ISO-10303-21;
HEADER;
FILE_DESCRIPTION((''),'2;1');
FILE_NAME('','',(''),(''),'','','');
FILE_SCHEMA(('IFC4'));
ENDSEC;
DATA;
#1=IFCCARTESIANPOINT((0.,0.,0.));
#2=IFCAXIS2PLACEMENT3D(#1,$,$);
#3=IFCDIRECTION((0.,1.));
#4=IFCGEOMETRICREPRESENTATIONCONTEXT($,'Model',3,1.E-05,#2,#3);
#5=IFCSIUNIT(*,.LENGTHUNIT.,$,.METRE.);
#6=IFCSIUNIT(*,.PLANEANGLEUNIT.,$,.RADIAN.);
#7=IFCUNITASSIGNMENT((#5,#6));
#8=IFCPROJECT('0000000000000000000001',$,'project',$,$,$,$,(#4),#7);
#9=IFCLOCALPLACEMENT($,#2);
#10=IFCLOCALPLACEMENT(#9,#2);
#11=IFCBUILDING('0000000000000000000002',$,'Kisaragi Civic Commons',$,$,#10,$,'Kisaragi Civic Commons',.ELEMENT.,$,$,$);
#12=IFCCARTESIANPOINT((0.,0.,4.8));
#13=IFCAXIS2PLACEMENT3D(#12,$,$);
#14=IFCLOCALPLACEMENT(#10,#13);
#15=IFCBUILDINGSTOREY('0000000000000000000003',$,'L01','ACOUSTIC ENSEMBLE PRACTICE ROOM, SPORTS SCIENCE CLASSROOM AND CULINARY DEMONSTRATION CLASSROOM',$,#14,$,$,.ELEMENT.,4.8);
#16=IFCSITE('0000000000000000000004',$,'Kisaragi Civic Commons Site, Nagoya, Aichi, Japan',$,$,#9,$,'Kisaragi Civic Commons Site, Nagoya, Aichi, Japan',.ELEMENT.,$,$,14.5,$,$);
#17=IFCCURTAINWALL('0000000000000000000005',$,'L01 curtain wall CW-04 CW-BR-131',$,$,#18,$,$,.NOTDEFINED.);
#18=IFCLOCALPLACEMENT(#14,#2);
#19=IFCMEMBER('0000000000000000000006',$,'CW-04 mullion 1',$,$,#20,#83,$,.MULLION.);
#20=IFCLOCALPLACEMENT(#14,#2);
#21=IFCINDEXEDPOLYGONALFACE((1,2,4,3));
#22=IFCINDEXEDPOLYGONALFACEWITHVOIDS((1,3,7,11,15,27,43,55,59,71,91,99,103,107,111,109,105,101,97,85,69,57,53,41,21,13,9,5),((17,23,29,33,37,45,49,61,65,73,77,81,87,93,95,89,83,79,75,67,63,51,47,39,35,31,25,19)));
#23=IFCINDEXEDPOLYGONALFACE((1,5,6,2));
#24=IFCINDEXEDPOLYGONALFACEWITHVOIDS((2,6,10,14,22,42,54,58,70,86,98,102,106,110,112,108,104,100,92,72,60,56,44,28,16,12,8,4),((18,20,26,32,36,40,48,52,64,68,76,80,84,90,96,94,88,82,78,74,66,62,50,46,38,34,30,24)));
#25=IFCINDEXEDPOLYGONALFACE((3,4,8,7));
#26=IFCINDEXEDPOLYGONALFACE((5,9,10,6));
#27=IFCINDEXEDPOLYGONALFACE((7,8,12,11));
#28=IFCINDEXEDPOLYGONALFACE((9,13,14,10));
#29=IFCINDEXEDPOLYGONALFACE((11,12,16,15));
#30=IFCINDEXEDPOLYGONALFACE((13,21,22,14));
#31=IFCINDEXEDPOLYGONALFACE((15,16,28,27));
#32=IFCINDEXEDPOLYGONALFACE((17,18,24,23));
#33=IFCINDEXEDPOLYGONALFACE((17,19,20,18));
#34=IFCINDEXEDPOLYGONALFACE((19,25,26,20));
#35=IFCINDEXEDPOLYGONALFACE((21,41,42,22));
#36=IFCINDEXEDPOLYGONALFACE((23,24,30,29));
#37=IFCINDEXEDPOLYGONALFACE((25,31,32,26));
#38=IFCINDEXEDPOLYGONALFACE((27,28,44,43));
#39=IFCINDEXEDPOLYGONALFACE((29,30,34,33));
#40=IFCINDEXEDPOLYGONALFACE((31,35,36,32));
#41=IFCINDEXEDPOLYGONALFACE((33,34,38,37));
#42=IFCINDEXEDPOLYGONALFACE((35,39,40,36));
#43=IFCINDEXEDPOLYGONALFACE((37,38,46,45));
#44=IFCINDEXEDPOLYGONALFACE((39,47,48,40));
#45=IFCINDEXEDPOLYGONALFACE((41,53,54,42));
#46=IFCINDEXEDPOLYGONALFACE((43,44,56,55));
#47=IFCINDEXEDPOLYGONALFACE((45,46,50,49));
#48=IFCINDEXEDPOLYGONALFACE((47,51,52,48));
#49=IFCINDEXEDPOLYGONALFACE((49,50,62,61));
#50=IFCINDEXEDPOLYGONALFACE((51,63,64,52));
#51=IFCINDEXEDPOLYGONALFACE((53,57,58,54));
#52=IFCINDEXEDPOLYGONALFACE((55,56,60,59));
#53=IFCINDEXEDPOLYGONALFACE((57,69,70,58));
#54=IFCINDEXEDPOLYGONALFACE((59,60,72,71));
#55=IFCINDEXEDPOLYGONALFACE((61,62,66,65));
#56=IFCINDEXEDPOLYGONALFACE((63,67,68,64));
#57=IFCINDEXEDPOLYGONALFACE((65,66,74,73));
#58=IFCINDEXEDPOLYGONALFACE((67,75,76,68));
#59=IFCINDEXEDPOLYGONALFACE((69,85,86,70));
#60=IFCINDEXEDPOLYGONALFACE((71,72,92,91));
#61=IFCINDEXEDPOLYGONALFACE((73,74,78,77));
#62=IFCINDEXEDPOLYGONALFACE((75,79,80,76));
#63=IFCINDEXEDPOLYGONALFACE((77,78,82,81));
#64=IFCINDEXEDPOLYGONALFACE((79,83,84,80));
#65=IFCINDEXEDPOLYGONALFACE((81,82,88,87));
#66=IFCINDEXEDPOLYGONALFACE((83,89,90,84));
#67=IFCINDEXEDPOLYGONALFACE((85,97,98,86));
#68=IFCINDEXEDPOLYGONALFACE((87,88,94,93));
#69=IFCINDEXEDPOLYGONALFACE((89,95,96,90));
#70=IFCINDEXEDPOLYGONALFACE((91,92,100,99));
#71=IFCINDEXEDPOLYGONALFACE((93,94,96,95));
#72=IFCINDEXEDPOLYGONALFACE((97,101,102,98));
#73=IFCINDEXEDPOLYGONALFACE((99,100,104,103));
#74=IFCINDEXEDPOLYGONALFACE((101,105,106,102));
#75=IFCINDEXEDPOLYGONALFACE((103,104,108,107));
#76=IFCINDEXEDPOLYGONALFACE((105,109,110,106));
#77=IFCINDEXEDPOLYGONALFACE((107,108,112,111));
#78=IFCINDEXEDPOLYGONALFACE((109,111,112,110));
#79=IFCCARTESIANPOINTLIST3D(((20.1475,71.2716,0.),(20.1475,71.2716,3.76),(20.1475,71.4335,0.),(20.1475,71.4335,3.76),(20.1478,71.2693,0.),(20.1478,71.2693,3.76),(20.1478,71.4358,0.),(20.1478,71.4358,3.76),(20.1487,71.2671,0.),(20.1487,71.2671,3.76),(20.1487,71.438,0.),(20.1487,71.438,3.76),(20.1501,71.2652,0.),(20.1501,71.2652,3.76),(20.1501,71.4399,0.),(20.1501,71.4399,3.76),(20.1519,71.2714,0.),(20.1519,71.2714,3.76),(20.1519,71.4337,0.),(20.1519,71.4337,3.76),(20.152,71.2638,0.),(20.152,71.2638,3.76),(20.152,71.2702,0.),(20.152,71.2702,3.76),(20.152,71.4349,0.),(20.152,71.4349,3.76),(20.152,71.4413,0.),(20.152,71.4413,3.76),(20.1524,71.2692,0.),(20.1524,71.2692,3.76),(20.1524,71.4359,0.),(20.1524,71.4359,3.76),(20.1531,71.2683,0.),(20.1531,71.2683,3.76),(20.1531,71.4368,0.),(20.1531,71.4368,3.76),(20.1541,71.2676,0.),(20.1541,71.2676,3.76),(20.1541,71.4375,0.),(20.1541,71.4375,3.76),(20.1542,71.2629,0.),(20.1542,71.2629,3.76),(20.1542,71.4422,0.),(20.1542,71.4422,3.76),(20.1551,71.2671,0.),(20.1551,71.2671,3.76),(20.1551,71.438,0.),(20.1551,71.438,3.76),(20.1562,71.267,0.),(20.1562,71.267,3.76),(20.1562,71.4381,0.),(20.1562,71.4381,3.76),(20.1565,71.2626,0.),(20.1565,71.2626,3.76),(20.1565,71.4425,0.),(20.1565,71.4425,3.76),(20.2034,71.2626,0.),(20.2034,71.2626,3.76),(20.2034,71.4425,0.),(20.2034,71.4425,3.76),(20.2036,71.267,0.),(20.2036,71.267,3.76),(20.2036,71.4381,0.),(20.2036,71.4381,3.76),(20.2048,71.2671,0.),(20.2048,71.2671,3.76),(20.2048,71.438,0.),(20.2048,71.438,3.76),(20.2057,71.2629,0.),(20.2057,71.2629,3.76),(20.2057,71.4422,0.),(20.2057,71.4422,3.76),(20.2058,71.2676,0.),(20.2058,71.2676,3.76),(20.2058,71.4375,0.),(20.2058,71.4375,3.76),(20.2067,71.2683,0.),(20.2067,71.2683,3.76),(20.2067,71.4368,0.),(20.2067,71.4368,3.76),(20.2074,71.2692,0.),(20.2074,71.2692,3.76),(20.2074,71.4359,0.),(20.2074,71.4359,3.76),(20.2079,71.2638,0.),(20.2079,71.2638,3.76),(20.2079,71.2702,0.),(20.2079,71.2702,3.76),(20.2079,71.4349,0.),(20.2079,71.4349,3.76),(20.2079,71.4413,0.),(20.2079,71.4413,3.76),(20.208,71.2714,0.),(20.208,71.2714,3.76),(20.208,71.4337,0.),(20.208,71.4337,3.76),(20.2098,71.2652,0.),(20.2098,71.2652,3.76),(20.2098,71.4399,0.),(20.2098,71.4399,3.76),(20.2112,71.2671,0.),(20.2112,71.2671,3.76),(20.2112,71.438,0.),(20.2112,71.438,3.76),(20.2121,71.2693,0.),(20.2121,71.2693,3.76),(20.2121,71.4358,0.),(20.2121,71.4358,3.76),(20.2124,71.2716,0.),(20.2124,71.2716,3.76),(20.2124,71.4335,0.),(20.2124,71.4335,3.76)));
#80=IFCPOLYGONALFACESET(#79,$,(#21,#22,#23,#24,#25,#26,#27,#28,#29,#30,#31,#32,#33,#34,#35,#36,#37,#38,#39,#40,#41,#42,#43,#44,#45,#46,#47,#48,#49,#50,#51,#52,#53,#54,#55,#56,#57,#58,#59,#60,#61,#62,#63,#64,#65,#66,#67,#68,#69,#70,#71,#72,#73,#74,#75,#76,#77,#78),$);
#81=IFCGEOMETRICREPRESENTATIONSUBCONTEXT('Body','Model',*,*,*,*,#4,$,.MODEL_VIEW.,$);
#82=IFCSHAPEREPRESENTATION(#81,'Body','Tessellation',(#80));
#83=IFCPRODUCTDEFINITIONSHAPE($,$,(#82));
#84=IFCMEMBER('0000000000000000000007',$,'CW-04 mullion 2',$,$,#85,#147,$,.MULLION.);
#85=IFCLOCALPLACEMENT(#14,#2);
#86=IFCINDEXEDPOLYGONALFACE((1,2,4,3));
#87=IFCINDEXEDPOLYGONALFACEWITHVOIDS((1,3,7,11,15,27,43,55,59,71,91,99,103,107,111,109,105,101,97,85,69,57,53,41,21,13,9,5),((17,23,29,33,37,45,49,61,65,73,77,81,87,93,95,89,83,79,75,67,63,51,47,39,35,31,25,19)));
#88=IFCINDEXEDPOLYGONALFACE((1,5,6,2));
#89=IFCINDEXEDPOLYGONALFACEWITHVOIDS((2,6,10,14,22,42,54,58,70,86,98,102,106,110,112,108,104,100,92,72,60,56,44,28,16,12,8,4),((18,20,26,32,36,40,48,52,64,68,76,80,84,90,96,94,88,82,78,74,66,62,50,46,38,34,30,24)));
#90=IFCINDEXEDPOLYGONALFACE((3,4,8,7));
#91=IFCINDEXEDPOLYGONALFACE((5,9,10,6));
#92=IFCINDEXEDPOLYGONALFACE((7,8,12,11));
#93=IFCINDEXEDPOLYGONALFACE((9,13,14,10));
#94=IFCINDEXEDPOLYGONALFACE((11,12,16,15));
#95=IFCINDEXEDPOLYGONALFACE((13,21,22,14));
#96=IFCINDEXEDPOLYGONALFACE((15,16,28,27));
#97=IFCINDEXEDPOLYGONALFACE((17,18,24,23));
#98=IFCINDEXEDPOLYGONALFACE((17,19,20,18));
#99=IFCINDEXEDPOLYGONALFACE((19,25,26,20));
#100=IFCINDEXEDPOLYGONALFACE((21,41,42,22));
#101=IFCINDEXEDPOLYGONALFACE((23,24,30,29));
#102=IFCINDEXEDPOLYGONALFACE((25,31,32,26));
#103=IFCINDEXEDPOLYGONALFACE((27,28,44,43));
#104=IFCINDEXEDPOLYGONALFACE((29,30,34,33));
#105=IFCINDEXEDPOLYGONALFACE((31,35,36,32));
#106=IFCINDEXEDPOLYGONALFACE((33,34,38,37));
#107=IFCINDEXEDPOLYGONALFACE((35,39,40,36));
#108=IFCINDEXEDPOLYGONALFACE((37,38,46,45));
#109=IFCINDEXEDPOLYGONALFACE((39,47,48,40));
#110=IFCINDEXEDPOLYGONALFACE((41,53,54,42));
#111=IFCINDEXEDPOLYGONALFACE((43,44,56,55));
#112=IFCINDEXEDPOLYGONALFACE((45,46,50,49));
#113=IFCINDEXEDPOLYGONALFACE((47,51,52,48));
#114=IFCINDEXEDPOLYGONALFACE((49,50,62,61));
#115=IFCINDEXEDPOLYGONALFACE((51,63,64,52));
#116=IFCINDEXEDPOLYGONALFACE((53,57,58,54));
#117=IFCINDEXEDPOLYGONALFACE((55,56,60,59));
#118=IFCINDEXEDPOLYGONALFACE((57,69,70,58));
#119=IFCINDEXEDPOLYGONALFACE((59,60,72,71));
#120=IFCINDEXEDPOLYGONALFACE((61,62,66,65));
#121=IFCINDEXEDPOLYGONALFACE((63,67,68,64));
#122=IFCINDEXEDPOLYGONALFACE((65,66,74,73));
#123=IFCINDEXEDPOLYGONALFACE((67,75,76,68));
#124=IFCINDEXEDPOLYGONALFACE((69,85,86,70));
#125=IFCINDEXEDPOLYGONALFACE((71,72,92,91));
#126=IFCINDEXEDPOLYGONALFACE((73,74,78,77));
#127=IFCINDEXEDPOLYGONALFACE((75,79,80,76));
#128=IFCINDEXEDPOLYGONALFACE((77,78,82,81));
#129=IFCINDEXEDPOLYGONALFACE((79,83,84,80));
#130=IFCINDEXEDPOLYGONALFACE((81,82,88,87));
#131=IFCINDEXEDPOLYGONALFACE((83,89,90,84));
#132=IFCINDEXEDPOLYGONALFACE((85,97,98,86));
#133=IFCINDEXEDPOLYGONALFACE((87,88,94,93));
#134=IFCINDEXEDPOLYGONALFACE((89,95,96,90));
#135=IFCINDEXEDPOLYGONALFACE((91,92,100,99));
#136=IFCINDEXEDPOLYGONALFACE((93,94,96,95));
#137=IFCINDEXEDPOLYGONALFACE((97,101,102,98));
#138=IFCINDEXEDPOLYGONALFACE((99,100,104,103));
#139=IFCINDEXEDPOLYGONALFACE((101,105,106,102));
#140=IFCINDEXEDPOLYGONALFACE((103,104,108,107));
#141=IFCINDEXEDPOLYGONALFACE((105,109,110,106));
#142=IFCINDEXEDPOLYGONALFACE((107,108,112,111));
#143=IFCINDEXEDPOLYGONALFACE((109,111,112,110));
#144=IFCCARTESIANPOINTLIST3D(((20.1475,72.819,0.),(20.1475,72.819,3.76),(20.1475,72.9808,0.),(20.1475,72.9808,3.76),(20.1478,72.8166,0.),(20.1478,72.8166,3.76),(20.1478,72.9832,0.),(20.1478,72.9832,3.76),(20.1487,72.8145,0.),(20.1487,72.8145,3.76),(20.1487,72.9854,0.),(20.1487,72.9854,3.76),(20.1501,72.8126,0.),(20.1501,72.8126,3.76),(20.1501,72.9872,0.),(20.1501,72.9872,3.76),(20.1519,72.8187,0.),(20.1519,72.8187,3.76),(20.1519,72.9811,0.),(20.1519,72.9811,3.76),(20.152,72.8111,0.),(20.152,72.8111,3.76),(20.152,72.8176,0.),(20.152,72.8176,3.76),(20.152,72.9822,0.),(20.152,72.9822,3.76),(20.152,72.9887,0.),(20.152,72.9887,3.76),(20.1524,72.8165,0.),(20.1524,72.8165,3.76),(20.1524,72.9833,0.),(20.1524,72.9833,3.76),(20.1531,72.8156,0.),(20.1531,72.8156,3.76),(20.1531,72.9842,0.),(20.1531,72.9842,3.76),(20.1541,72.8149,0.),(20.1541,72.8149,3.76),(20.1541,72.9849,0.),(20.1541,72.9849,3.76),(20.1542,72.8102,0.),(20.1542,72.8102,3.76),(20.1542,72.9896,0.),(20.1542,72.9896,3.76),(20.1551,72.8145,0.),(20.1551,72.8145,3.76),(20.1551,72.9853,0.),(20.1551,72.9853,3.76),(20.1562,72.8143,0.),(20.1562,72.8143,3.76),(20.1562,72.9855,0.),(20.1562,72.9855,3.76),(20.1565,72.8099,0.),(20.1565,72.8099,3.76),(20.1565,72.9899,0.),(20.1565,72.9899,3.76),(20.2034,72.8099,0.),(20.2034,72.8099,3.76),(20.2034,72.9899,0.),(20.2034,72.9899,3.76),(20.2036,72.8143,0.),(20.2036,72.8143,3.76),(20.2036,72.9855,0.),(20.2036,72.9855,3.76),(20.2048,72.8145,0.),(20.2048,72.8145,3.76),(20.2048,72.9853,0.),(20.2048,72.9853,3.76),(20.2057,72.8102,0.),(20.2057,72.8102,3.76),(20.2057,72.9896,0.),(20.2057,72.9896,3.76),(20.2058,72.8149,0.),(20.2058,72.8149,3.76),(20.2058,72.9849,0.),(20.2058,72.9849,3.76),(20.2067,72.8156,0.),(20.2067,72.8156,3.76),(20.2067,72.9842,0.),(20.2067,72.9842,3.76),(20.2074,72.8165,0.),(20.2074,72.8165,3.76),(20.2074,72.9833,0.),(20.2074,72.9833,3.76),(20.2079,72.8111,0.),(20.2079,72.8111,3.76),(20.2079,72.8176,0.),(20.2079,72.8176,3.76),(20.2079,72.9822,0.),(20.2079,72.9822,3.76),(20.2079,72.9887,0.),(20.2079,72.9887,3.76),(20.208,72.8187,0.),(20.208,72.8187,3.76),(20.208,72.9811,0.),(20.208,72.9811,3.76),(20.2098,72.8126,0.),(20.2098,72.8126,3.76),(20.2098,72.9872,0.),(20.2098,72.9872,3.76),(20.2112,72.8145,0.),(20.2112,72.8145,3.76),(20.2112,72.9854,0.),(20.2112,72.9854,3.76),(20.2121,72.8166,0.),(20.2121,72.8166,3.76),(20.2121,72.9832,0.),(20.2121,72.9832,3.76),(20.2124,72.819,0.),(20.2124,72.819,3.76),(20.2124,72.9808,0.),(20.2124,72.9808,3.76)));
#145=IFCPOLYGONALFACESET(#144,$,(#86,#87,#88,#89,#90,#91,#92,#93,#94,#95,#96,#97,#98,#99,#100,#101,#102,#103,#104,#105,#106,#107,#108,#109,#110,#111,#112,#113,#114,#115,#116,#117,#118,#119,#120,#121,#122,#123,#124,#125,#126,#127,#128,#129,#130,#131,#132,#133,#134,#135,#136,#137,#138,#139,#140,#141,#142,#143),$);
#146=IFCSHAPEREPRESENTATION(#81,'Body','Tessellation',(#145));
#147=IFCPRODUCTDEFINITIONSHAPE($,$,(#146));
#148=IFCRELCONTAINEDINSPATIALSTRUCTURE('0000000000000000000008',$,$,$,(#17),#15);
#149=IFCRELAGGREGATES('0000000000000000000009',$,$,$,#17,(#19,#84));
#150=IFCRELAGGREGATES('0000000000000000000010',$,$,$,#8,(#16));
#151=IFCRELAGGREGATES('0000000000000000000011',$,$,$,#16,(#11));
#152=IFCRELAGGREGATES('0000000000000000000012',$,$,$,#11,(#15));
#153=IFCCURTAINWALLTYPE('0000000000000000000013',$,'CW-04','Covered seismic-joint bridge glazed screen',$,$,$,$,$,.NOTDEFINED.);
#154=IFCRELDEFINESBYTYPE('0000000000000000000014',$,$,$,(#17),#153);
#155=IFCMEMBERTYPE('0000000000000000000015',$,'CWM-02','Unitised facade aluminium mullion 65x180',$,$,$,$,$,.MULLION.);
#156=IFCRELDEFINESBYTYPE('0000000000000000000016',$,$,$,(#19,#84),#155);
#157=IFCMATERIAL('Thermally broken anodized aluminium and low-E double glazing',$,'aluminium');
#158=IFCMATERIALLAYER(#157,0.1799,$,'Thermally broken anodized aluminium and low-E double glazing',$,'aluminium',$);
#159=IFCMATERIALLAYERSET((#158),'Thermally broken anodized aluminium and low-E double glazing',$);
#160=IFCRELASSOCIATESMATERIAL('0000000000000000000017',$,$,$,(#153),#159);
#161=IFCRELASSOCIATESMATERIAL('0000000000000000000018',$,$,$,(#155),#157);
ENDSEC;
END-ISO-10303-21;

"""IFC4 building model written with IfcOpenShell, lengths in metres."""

from ifc_helpers import new_model, si_unit, direction, frame, origin, origin_2d, place, context, subcontext, project, spatial, hollow_rectangle, extrude, material, layer, layer_set, material_profile, profile_set, type_object, element, aggregate, save


model = new_model("IFC4")

# Units and contexts
model_context = context("Model", 3, precision=1e-05, world=origin(), true_north=direction((0.0, 1.0)))
body_context = subcontext(model_context, "Body", "Model", "MODEL_VIEW")
ifc_project = project(units=[si_unit("LENGTHUNIT", "METRE"), si_unit("PLANEANGLEUNIT", "RADIAN")], contexts=[model_context])

# Site, building, storey
site_placement = place(None, origin())
site = spatial("IfcSite", under=ifc_project, at=site_placement, Name="Kisaragi Civic Commons Site, Nagoya, Aichi, Japan", LongName="Kisaragi Civic Commons Site, Nagoya, Aichi, Japan", CompositionType="ELEMENT", RefElevation=14.5)
building_placement = place(site_placement, origin())
building = spatial("IfcBuilding", under=site, at=building_placement, Name="Kisaragi Civic Commons", LongName="Kisaragi Civic Commons", CompositionType="ELEMENT")
storey_placement = place(building_placement, frame((0.0, 0.0, 4.8)))
storey = spatial("IfcBuildingStorey", under=building, at=storey_placement, Name="L01", Description="ACOUSTIC ENSEMBLE PRACTICE ROOM, SPORTS SCIENCE CLASSROOM AND CULINARY DEMONSTRATION CLASSROOM", CompositionType="ELEMENT", Elevation=4.8)

# Shared definitions
ifc_material_1 = material(Name="Thermally broken anodized aluminium and low-E double glazing", Category="aluminium")
ifc_layer_1 = layer(ifc_material_1, 0.1799, Name="Thermally broken anodized aluminium and low-E double glazing", Category="aluminium")
ifc_layer_set_1 = layer_set([ifc_layer_1], Name="Thermally broken anodized aluminium and low-E double glazing")
curtain_wall_type = type_object("IfcCurtainWallType", Name="CW-04", Description="Covered seismic-joint bridge glazed screen", PredefinedType="NOTDEFINED", material=ifc_layer_set_1)
ifc_material_profile_1 = material_profile(ifc_material_1, hollow_rectangle(XDim=0.0649, YDim=0.1799, WallThickness=0.0044, InnerFilletRadius=0.0044, OuterFilletRadius=0.009, at=origin_2d()), Name="CWM-65x180x4.5", Category="aluminium")
ifc_profile_set_1 = profile_set([ifc_material_profile_1], Name="Thermally broken anodized aluminium and low-E double glazing")
member_type_1 = type_object("IfcMemberType", Name="CWM-02", Description="Unitised facade aluminium mullion 65x180", PredefinedType="MULLION", material=ifc_profile_set_1)

# Curtain wall, members
curtain_wall_1_placement = place(storey_placement, origin())
curtain_wall_1 = element("IfcCurtainWall", 1, at=curtain_wall_1_placement, inside=storey, type_object=curtain_wall_type, Name="L01 curtain wall CW-04 CW-BR-131", PredefinedType="NOTDEFINED")
member_1_placement = place(storey_placement, frame((20.1799, 71.3525, 0.0), z_axis=(0.0, 0.0, 1.0), x_axis=(-1.0, 0.0, 0.0)))
member_1 = element("IfcMember", 2, at=member_1_placement, type_object=member_type_1, Name="CW-04 mullion 1", PredefinedType="MULLION", context=body_context, shape_type="SweptSolid", body=[
    extrude(hollow_rectangle(XDim=0.0649, YDim=0.1799, WallThickness=0.0044, InnerFilletRadius=0.0044, OuterFilletRadius=0.009, at=origin_2d()), origin(), (0.0, 0.0, 1.0), 3.76),
])
member_2_placement = place(storey_placement, frame((20.1799, 72.8999, 0.0), z_axis=(0.0, 0.0, 1.0), x_axis=(-1.0, 0.0, 0.0)))
member_2 = element("IfcMember", 3, at=member_2_placement, type_object=member_type_1, Name="CW-04 mullion 2", PredefinedType="MULLION", context=body_context, shape_type="SweptSolid", body=[
    extrude(hollow_rectangle(XDim=0.0649, YDim=0.1799, WallThickness=0.0044, InnerFilletRadius=0.0044, OuterFilletRadius=0.009, at=origin_2d()), origin(), (0.0, 0.0, 1.0), 3.76),
])

aggregate(curtain_wall_1, [member_1, member_2])

save(model, "model.ifc")
